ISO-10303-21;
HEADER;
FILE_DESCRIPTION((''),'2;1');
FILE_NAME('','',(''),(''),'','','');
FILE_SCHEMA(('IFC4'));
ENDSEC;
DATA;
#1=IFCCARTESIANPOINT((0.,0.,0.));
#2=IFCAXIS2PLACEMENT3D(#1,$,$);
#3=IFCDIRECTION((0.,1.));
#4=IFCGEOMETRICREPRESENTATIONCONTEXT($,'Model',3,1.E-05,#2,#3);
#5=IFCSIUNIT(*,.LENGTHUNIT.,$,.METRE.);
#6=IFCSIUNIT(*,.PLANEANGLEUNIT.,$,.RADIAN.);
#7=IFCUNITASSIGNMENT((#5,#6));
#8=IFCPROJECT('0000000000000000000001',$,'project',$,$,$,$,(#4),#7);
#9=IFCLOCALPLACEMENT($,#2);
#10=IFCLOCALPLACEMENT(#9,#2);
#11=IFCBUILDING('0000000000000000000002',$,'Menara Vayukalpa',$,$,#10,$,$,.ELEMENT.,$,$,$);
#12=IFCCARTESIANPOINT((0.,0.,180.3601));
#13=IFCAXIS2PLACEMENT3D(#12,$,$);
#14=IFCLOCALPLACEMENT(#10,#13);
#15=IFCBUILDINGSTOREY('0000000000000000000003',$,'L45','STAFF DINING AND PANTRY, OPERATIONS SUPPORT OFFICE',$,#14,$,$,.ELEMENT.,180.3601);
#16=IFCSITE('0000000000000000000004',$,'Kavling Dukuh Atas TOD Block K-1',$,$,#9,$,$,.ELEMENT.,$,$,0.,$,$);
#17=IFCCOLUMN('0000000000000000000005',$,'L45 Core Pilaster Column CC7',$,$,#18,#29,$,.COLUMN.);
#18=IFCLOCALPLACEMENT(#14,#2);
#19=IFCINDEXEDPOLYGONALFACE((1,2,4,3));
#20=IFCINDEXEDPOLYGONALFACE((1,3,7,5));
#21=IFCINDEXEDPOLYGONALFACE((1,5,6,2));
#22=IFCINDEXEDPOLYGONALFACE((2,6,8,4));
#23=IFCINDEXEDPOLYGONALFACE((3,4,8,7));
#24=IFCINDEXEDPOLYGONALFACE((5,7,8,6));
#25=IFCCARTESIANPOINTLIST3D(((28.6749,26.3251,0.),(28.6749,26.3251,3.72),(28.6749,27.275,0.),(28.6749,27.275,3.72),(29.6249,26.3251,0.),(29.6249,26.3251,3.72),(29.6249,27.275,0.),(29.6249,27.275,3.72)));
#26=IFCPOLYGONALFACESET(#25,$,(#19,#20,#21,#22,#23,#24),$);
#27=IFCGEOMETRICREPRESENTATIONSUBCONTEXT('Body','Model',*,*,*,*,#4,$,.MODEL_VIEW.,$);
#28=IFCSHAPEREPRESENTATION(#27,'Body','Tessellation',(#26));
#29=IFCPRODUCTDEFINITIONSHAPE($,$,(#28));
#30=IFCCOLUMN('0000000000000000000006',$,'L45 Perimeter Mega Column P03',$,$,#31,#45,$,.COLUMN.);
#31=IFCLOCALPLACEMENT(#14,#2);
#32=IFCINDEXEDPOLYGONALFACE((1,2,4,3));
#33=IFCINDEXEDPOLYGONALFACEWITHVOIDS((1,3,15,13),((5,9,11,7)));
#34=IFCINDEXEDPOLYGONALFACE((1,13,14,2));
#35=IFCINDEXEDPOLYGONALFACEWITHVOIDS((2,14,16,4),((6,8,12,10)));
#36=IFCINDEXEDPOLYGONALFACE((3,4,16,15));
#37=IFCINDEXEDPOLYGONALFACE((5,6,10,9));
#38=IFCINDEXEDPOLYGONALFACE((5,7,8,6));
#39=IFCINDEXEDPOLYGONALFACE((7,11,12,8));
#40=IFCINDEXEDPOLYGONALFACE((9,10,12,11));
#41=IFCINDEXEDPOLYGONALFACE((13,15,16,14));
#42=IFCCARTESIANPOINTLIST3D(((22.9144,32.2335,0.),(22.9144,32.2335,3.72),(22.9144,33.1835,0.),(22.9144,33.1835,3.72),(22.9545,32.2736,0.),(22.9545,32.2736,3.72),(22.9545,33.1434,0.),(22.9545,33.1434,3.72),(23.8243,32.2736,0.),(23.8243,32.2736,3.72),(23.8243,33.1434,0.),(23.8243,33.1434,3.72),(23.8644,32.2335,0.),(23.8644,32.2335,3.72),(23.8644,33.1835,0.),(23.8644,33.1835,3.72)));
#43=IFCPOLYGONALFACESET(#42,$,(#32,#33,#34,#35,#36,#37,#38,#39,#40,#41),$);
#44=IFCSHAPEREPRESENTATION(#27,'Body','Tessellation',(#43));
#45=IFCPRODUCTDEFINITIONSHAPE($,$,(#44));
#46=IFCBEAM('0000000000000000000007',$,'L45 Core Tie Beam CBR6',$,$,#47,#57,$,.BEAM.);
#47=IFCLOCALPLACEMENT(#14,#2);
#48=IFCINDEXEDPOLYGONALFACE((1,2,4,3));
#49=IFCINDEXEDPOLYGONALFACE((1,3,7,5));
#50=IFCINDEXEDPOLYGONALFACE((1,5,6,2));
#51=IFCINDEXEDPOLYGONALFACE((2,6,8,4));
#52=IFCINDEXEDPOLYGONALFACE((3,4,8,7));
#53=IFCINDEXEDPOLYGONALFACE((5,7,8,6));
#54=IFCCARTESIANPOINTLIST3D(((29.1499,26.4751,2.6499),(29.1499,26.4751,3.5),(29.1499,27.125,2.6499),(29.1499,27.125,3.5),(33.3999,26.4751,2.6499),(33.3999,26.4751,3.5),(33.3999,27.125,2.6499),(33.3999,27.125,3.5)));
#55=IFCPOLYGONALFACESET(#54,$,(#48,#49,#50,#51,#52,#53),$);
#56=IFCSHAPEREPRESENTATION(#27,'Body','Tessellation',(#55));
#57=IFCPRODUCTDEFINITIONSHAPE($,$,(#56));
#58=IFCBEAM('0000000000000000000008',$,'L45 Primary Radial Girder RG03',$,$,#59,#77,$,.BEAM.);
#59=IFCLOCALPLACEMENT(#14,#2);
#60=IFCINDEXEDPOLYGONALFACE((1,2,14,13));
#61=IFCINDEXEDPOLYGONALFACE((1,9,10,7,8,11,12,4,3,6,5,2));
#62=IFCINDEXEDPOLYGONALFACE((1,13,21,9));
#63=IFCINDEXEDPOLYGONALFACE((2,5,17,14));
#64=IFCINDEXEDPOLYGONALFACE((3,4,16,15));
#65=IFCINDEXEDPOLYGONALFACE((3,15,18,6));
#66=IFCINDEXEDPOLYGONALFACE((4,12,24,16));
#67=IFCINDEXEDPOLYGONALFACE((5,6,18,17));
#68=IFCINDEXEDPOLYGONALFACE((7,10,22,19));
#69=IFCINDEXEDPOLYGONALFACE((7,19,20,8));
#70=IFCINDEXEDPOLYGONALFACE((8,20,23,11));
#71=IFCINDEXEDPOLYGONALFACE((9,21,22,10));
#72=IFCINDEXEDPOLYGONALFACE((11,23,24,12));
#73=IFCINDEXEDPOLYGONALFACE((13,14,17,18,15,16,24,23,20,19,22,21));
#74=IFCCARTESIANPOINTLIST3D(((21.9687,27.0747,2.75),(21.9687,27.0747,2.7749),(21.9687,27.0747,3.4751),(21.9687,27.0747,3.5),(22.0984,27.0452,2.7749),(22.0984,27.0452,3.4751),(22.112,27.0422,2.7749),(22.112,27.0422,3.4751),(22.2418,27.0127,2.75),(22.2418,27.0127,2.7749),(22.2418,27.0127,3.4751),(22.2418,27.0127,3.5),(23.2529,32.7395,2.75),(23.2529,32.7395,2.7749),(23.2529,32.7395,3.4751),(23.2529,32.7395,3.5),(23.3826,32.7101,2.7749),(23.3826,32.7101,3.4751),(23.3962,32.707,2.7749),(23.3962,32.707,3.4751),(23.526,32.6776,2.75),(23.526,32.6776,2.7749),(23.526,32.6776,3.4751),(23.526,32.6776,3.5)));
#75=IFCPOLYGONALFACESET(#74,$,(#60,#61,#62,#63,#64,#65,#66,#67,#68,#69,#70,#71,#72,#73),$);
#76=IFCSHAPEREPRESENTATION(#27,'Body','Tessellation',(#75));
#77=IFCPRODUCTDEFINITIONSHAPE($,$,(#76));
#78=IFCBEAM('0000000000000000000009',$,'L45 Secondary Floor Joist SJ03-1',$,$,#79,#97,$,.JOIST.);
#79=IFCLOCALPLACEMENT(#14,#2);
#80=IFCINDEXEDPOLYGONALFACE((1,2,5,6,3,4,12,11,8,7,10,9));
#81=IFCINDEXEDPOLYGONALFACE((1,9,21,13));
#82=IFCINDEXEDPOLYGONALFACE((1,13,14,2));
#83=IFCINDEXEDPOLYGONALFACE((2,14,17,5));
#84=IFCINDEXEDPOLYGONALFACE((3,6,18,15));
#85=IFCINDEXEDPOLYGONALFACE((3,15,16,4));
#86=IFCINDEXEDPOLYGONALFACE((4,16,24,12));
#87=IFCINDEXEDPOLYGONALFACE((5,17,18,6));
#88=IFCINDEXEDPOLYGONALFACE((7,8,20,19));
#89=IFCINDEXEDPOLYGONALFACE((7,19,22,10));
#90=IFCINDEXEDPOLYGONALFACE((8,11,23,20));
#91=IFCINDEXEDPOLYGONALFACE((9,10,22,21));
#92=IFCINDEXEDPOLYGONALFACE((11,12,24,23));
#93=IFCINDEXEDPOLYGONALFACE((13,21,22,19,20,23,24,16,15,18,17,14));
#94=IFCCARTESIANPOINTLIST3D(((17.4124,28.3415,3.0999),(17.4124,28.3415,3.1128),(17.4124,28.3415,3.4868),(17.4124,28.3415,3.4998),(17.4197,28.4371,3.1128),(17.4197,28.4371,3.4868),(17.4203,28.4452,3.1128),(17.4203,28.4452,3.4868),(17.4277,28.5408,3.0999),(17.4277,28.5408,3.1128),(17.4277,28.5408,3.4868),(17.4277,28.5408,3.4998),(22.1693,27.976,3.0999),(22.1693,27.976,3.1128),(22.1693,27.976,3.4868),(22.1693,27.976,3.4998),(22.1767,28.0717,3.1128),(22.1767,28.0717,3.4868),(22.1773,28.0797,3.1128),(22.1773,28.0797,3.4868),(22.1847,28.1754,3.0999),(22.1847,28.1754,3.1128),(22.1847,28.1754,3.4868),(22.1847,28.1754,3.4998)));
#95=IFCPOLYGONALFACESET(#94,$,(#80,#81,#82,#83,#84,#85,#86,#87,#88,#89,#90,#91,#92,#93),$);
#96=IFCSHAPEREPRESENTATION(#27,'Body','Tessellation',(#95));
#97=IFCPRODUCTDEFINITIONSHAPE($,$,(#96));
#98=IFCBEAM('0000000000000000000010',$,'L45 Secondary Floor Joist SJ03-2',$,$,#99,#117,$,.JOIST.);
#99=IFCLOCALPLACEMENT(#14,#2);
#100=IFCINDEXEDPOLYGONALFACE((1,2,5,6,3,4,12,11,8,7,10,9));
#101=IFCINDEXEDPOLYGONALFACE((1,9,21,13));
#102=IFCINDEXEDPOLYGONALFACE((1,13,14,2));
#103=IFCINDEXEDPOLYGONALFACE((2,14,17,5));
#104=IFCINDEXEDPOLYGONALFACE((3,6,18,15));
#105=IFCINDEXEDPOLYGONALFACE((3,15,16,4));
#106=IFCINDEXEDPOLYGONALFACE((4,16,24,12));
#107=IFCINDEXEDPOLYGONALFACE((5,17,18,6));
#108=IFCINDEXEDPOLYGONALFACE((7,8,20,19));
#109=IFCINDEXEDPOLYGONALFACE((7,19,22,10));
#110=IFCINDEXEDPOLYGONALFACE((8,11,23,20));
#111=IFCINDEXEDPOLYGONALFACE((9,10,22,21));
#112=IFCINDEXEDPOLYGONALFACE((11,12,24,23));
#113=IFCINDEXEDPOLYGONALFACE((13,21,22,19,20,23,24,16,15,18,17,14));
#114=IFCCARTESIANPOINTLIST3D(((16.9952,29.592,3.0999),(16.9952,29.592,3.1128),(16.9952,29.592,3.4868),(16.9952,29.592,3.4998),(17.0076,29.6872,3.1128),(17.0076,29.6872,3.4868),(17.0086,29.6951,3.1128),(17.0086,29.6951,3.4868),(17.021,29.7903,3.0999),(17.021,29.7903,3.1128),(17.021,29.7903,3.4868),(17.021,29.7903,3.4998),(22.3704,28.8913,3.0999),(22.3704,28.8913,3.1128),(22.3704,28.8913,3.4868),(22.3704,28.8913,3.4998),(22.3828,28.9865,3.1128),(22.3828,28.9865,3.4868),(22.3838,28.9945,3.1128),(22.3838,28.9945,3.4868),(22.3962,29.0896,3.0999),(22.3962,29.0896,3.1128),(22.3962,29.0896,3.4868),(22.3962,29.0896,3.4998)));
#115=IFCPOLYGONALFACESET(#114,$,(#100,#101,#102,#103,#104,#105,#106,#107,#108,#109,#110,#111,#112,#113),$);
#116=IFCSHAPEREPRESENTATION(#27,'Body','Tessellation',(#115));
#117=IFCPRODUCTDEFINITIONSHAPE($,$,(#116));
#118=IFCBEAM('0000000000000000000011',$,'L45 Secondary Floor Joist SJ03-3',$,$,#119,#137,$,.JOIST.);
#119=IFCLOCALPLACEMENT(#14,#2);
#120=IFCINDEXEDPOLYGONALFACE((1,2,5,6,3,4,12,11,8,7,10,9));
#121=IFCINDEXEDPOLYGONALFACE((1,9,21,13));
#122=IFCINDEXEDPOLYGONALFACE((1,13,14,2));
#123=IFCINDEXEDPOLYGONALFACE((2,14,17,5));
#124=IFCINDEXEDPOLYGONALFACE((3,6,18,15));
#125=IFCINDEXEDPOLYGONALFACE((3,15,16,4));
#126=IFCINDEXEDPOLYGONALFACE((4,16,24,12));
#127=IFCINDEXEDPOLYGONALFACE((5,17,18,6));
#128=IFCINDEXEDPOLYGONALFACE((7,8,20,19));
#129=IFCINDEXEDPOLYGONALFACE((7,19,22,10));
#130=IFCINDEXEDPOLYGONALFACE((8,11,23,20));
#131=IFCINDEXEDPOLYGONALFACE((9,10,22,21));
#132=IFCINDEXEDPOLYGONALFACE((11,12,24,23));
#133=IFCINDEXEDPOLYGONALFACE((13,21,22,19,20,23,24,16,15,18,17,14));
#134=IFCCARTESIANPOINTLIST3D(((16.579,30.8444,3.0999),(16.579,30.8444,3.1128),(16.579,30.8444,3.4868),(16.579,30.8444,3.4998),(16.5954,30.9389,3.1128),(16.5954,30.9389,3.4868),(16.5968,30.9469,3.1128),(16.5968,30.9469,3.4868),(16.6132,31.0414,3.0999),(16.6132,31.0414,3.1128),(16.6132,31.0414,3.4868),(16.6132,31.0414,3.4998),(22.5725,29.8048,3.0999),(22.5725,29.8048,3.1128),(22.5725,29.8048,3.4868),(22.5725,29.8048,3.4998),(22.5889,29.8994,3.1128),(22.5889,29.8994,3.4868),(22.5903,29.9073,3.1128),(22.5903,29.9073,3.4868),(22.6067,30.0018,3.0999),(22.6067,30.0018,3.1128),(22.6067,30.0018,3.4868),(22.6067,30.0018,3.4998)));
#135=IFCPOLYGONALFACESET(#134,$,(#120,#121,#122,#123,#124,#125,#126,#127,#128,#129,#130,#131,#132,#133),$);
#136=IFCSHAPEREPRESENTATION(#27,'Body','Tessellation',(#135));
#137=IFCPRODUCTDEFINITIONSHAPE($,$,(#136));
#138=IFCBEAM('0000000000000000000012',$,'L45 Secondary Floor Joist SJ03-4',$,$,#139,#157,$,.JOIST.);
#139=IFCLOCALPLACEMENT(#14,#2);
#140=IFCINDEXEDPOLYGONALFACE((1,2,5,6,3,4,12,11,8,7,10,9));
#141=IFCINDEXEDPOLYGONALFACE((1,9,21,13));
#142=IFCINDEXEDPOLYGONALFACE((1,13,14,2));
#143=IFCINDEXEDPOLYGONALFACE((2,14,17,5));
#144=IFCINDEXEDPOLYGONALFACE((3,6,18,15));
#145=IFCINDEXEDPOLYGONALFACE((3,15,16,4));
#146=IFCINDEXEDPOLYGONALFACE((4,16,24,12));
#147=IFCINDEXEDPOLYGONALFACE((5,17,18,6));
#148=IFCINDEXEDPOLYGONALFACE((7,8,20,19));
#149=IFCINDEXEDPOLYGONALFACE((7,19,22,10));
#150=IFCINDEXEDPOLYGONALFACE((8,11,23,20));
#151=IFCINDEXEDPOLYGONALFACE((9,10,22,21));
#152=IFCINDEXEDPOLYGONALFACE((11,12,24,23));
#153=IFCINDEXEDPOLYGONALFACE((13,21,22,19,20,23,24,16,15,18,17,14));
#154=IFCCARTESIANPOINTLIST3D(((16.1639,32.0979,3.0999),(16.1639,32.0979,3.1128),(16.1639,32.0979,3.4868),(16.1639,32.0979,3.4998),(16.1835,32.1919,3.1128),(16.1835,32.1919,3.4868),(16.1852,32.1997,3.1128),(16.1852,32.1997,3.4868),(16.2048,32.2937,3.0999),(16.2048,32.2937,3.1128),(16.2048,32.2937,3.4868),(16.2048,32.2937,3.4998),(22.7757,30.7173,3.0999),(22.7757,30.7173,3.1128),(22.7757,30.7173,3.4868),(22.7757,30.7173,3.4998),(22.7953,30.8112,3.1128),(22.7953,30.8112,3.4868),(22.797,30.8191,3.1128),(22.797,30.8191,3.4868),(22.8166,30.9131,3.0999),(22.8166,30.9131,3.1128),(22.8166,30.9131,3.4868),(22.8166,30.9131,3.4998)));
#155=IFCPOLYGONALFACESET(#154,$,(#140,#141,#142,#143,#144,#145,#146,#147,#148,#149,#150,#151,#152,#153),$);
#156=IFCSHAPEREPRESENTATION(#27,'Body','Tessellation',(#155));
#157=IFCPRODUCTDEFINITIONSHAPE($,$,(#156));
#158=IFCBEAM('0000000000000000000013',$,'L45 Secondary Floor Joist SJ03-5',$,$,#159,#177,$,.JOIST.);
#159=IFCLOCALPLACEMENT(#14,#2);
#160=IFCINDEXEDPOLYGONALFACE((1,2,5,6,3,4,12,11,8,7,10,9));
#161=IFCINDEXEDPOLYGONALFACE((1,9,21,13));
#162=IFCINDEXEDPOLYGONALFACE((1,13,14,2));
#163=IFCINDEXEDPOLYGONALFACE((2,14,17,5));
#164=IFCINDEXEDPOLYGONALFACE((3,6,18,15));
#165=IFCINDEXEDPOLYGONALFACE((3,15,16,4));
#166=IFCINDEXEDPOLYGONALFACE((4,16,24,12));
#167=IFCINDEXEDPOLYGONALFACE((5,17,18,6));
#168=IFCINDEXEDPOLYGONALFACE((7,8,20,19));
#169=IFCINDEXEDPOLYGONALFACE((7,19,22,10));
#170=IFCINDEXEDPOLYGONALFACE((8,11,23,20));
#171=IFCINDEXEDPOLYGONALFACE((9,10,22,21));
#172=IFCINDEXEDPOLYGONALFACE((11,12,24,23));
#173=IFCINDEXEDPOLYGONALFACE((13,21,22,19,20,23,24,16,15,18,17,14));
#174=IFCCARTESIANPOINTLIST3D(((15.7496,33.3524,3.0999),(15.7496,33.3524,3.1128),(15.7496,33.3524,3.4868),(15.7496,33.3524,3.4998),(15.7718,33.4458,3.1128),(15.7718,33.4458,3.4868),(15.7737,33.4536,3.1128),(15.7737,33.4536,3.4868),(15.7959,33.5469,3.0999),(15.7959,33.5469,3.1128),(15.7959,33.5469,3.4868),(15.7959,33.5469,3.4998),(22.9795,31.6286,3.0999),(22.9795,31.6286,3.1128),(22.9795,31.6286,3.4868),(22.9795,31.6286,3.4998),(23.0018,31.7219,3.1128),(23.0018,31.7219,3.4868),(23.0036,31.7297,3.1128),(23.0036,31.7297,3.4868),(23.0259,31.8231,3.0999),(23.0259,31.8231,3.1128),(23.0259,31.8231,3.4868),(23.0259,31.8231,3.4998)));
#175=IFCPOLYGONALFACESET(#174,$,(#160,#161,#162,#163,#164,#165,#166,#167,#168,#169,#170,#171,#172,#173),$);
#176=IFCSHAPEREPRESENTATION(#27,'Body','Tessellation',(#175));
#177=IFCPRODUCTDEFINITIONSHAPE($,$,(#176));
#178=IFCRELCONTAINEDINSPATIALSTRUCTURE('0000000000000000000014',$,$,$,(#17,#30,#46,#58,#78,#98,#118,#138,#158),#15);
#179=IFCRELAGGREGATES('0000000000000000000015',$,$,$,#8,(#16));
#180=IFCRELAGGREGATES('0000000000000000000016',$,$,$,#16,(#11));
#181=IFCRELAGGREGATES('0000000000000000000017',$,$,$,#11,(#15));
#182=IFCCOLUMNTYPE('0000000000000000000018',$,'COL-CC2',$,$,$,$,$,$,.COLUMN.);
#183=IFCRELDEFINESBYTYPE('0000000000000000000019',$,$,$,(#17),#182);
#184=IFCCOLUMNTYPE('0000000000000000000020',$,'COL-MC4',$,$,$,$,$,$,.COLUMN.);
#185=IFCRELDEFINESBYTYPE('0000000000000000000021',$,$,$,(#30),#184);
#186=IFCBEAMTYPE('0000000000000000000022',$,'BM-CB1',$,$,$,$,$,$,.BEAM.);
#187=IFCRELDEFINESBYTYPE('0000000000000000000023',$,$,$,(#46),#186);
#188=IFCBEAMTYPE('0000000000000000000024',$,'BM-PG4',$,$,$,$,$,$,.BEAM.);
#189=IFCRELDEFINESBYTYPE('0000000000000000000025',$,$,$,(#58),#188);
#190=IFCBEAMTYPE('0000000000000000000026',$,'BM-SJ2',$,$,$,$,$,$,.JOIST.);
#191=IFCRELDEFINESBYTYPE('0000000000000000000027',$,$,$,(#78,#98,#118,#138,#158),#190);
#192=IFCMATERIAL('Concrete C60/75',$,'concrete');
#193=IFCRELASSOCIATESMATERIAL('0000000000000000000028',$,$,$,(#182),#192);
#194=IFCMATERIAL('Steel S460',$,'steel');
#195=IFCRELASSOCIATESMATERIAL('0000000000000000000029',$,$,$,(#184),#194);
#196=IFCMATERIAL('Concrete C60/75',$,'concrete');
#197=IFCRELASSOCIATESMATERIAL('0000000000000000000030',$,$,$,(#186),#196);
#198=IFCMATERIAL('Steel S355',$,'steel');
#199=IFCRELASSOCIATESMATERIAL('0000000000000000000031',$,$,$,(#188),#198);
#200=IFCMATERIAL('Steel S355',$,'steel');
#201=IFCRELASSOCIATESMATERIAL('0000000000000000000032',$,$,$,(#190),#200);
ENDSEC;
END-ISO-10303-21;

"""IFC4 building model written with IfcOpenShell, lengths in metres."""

from ifc_helpers import new_model, si_unit, direction, frame, origin, origin_2d, place, context, subcontext, project, spatial, rectangle, hollow_rectangle, i_section, extrude, material, material_profile, profile_set, type_object, element, save


model = new_model("IFC4")

# Units and contexts
model_context = context("Model", 3, precision=1e-05, world=origin(), true_north=direction((0.0, 1.0)))
body_context = subcontext(model_context, "Body", "Model", "MODEL_VIEW")
ifc_project = project(units=[si_unit("LENGTHUNIT", "METRE"), si_unit("PLANEANGLEUNIT", "RADIAN")], contexts=[model_context])

# Site, building, storey
site_placement = place(None, origin())
site = spatial("IfcSite", under=ifc_project, at=site_placement, Name="Kavling Dukuh Atas TOD Block K-1", CompositionType="ELEMENT", RefElevation=0.0)
building_placement = place(site_placement, origin())
building = spatial("IfcBuilding", under=site, at=building_placement, Name="Menara Vayukalpa", CompositionType="ELEMENT")
storey_placement = place(building_placement, frame((0.0, 0.0, 180.3601)))
storey = spatial("IfcBuildingStorey", under=building, at=storey_placement, Name="L45", Description="STAFF DINING AND PANTRY, OPERATIONS SUPPORT OFFICE", CompositionType="ELEMENT", Elevation=180.3601)

# Columns
ifc_material_1 = material(Name="Concrete C60/75", Category="concrete")
ifc_material_profile_1 = material_profile(ifc_material_1, rectangle(XDim=0.95, YDim=0.95, at=origin_2d()), Name="RC 950x950")
ifc_profile_set_1 = profile_set([ifc_material_profile_1], Name="Concrete C60/75")
column_type_1 = type_object("IfcColumnType", Name="COL-CC2", PredefinedType="COLUMN", material=ifc_profile_set_1)
column_1_placement = place(storey_placement, frame((29.1499, 26.8, 0.0), z_axis=(0.0, 0.0, 1.0), x_axis=(1.0, 0.0, 0.0)))
element("IfcColumn", 1, at=column_1_placement, inside=storey, type_object=column_type_1, Name="L45 Core Pilaster Column CC7", PredefinedType="COLUMN", context=body_context, shape_type="SweptSolid", body=[
    extrude(rectangle(XDim=0.95, YDim=0.95, at=origin_2d()), origin(), (0.0, 0.0, 1.0), 3.72),
])
ifc_material_2 = material(Name="Steel S460", Category="steel")
ifc_material_profile_2 = material_profile(ifc_material_2, hollow_rectangle(XDim=0.95, YDim=0.95, WallThickness=0.04, at=origin_2d()), Name="BOX 950x950x40")
ifc_profile_set_2 = profile_set([ifc_material_profile_2], Name="Steel S460")
column_type_2 = type_object("IfcColumnType", Name="COL-MC4", PredefinedType="COLUMN", material=ifc_profile_set_2)
column_2_placement = place(storey_placement, frame((23.3894, 32.7085, 0.0), z_axis=(0.0, 0.0, 1.0), x_axis=(1.0, 0.0, 0.0)))
element("IfcColumn", 2, at=column_2_placement, inside=storey, type_object=column_type_2, Name="L45 Perimeter Mega Column P03", PredefinedType="COLUMN", context=body_context, shape_type="SweptSolid", body=[
    extrude(hollow_rectangle(XDim=0.95, YDim=0.95, WallThickness=0.04, at=origin_2d()), origin(), (0.0, 0.0, 1.0), 3.72),
])

# Beams
ifc_material_3 = material(Name="Concrete C60/75", Category="concrete")
ifc_material_profile_3 = material_profile(ifc_material_3, rectangle(XDim=0.6499, YDim=0.8501, at=origin_2d()), Name="RC 650x850")
ifc_profile_set_3 = profile_set([ifc_material_profile_3], Name="Concrete C60/75")
beam_type_1 = type_object("IfcBeamType", Name="BM-CB1", PredefinedType="BEAM", material=ifc_profile_set_3)
beam_1_placement = place(storey_placement, frame((29.1499, 26.8, 3.075), z_axis=(1.0, 0.0, 0.0), x_axis=(0.0, 1.0, 0.0)))
element("IfcBeam", 3, at=beam_1_placement, inside=storey, type_object=beam_type_1, Name="L45 Core Tie Beam CBR6", PredefinedType="BEAM", context=body_context, shape_type="SweptSolid", body=[
    extrude(rectangle(XDim=0.6499, YDim=0.8501, at=origin_2d()), origin(), (0.0, 0.0, 1.0), 4.25),
])
ifc_material_4 = material(Name="Steel S355", Category="steel")
ifc_material_profile_4 = material_profile(ifc_material_4, i_section(OverallWidth=0.28, OverallDepth=0.75, WebThickness=0.0139, FlangeThickness=0.0249, at=origin_2d()), Name="WF 750x280x14x25")
ifc_profile_set_4 = profile_set([ifc_material_profile_4], Name="Steel S355")
beam_type_2 = type_object("IfcBeamType", Name="BM-PG4", PredefinedType="BEAM", material=ifc_profile_set_4)
beam_2_placement = place(storey_placement, frame((22.1052, 27.0437, 3.125), z_axis=(0.221085, 0.975255, 0.0), x_axis=(-0.975255, 0.221085, 0.0)))
element("IfcBeam", 4, at=beam_2_placement, inside=storey, type_object=beam_type_2, Name="L45 Primary Radial Girder RG03", PredefinedType="BEAM", context=body_context, shape_type="SweptSolid", body=[
    extrude(i_section(OverallWidth=0.28, OverallDepth=0.75, WebThickness=0.0139, FlangeThickness=0.0249, at=origin_2d()), origin(), (0.0, 0.0, 1.0), 5.8086),
])
ifc_material_5 = material(Name="Steel S355", Category="steel")
ifc_material_profile_5 = material_profile(ifc_material_5, i_section(OverallWidth=0.2, OverallDepth=0.3999, WebThickness=0.0081, FlangeThickness=0.0129, at=origin_2d()), Name="WF 400x200x8x13")
ifc_profile_set_5 = profile_set([ifc_material_profile_5], Name="Steel S355")
beam_type_3 = type_object("IfcBeamType", Name="BM-SJ2", PredefinedType="JOIST", material=ifc_profile_set_5)
beam_3_placement = place(storey_placement, frame((22.177, 28.0757, 3.2998), z_axis=(-0.997062, 0.076603, 0.0), x_axis=(-0.076603, -0.997062, 0.0)))
element("IfcBeam", 5, at=beam_3_placement, inside=storey, type_object=beam_type_3, Name="L45 Secondary Floor Joist SJ03-1", PredefinedType="JOIST", context=body_context, shape_type="SweptSolid", body=[
    extrude(i_section(OverallWidth=0.2, OverallDepth=0.3999, WebThickness=0.0081, FlangeThickness=0.0129, at=origin_2d()), origin(), (0.0, 0.0, 1.0), 4.771),
])
beam_4_placement = place(storey_placement, frame((22.3833, 28.9905, 3.2998), z_axis=(-0.991611, 0.12926, 0.0), x_axis=(-0.12926, -0.991611, 0.0)))
element("IfcBeam", 6, at=beam_4_placement, inside=storey, type_object=beam_type_3, Name="L45 Secondary Floor Joist SJ03-2", PredefinedType="JOIST", context=body_context, shape_type="SweptSolid", body=[
    extrude(i_section(OverallWidth=0.2, OverallDepth=0.3999, WebThickness=0.0081, FlangeThickness=0.0129, at=origin_2d()), origin(), (0.0, 0.0, 1.0), 5.4207),
])
beam_5_placement = place(storey_placement, frame((22.5896, 29.9033, 3.2998), z_axis=(-0.985289, 0.170897, 0.0), x_axis=(-0.170897, -0.985289, 0.0)))
element("IfcBeam", 7, at=beam_5_placement, inside=storey, type_object=beam_type_3, Name="L45 Secondary Floor Joist SJ03-3", PredefinedType="JOIST", context=body_context, shape_type="SweptSolid", body=[
    extrude(i_section(OverallWidth=0.2, OverallDepth=0.3999, WebThickness=0.0081, FlangeThickness=0.0129, at=origin_2d()), origin(), (0.0, 0.0, 1.0), 6.083),
])
beam_6_placement = place(storey_placement, frame((22.7961, 30.8152, 3.2998), z_axis=(-0.978887, 0.204402, 0.0), x_axis=(-0.204402, -0.978887, 0.0)))
element("IfcBeam", 8, at=beam_6_placement, inside=storey, type_object=beam_type_3, Name="L45 Secondary Floor Joist SJ03-4", PredefinedType="JOIST", context=body_context, shape_type="SweptSolid", body=[
    extrude(i_section(OverallWidth=0.2, OverallDepth=0.3999, WebThickness=0.0081, FlangeThickness=0.0129, at=origin_2d()), origin(), (0.0, 0.0, 1.0), 6.7544),
])
beam_7_placement = place(storey_placement, frame((23.0027, 31.7258, 3.2998), z_axis=(-0.972732, 0.231933, 0.0), x_axis=(-0.231933, -0.972732, 0.0)))
element("IfcBeam", 9, at=beam_7_placement, inside=storey, type_object=beam_type_3, Name="L45 Secondary Floor Joist SJ03-5", PredefinedType="JOIST", context=body_context, shape_type="SweptSolid", body=[
    extrude(i_section(OverallWidth=0.2, OverallDepth=0.3999, WebThickness=0.0081, FlangeThickness=0.0129, at=origin_2d()), origin(), (0.0, 0.0, 1.0), 7.4326),
])

save(model, "model.ifc")
